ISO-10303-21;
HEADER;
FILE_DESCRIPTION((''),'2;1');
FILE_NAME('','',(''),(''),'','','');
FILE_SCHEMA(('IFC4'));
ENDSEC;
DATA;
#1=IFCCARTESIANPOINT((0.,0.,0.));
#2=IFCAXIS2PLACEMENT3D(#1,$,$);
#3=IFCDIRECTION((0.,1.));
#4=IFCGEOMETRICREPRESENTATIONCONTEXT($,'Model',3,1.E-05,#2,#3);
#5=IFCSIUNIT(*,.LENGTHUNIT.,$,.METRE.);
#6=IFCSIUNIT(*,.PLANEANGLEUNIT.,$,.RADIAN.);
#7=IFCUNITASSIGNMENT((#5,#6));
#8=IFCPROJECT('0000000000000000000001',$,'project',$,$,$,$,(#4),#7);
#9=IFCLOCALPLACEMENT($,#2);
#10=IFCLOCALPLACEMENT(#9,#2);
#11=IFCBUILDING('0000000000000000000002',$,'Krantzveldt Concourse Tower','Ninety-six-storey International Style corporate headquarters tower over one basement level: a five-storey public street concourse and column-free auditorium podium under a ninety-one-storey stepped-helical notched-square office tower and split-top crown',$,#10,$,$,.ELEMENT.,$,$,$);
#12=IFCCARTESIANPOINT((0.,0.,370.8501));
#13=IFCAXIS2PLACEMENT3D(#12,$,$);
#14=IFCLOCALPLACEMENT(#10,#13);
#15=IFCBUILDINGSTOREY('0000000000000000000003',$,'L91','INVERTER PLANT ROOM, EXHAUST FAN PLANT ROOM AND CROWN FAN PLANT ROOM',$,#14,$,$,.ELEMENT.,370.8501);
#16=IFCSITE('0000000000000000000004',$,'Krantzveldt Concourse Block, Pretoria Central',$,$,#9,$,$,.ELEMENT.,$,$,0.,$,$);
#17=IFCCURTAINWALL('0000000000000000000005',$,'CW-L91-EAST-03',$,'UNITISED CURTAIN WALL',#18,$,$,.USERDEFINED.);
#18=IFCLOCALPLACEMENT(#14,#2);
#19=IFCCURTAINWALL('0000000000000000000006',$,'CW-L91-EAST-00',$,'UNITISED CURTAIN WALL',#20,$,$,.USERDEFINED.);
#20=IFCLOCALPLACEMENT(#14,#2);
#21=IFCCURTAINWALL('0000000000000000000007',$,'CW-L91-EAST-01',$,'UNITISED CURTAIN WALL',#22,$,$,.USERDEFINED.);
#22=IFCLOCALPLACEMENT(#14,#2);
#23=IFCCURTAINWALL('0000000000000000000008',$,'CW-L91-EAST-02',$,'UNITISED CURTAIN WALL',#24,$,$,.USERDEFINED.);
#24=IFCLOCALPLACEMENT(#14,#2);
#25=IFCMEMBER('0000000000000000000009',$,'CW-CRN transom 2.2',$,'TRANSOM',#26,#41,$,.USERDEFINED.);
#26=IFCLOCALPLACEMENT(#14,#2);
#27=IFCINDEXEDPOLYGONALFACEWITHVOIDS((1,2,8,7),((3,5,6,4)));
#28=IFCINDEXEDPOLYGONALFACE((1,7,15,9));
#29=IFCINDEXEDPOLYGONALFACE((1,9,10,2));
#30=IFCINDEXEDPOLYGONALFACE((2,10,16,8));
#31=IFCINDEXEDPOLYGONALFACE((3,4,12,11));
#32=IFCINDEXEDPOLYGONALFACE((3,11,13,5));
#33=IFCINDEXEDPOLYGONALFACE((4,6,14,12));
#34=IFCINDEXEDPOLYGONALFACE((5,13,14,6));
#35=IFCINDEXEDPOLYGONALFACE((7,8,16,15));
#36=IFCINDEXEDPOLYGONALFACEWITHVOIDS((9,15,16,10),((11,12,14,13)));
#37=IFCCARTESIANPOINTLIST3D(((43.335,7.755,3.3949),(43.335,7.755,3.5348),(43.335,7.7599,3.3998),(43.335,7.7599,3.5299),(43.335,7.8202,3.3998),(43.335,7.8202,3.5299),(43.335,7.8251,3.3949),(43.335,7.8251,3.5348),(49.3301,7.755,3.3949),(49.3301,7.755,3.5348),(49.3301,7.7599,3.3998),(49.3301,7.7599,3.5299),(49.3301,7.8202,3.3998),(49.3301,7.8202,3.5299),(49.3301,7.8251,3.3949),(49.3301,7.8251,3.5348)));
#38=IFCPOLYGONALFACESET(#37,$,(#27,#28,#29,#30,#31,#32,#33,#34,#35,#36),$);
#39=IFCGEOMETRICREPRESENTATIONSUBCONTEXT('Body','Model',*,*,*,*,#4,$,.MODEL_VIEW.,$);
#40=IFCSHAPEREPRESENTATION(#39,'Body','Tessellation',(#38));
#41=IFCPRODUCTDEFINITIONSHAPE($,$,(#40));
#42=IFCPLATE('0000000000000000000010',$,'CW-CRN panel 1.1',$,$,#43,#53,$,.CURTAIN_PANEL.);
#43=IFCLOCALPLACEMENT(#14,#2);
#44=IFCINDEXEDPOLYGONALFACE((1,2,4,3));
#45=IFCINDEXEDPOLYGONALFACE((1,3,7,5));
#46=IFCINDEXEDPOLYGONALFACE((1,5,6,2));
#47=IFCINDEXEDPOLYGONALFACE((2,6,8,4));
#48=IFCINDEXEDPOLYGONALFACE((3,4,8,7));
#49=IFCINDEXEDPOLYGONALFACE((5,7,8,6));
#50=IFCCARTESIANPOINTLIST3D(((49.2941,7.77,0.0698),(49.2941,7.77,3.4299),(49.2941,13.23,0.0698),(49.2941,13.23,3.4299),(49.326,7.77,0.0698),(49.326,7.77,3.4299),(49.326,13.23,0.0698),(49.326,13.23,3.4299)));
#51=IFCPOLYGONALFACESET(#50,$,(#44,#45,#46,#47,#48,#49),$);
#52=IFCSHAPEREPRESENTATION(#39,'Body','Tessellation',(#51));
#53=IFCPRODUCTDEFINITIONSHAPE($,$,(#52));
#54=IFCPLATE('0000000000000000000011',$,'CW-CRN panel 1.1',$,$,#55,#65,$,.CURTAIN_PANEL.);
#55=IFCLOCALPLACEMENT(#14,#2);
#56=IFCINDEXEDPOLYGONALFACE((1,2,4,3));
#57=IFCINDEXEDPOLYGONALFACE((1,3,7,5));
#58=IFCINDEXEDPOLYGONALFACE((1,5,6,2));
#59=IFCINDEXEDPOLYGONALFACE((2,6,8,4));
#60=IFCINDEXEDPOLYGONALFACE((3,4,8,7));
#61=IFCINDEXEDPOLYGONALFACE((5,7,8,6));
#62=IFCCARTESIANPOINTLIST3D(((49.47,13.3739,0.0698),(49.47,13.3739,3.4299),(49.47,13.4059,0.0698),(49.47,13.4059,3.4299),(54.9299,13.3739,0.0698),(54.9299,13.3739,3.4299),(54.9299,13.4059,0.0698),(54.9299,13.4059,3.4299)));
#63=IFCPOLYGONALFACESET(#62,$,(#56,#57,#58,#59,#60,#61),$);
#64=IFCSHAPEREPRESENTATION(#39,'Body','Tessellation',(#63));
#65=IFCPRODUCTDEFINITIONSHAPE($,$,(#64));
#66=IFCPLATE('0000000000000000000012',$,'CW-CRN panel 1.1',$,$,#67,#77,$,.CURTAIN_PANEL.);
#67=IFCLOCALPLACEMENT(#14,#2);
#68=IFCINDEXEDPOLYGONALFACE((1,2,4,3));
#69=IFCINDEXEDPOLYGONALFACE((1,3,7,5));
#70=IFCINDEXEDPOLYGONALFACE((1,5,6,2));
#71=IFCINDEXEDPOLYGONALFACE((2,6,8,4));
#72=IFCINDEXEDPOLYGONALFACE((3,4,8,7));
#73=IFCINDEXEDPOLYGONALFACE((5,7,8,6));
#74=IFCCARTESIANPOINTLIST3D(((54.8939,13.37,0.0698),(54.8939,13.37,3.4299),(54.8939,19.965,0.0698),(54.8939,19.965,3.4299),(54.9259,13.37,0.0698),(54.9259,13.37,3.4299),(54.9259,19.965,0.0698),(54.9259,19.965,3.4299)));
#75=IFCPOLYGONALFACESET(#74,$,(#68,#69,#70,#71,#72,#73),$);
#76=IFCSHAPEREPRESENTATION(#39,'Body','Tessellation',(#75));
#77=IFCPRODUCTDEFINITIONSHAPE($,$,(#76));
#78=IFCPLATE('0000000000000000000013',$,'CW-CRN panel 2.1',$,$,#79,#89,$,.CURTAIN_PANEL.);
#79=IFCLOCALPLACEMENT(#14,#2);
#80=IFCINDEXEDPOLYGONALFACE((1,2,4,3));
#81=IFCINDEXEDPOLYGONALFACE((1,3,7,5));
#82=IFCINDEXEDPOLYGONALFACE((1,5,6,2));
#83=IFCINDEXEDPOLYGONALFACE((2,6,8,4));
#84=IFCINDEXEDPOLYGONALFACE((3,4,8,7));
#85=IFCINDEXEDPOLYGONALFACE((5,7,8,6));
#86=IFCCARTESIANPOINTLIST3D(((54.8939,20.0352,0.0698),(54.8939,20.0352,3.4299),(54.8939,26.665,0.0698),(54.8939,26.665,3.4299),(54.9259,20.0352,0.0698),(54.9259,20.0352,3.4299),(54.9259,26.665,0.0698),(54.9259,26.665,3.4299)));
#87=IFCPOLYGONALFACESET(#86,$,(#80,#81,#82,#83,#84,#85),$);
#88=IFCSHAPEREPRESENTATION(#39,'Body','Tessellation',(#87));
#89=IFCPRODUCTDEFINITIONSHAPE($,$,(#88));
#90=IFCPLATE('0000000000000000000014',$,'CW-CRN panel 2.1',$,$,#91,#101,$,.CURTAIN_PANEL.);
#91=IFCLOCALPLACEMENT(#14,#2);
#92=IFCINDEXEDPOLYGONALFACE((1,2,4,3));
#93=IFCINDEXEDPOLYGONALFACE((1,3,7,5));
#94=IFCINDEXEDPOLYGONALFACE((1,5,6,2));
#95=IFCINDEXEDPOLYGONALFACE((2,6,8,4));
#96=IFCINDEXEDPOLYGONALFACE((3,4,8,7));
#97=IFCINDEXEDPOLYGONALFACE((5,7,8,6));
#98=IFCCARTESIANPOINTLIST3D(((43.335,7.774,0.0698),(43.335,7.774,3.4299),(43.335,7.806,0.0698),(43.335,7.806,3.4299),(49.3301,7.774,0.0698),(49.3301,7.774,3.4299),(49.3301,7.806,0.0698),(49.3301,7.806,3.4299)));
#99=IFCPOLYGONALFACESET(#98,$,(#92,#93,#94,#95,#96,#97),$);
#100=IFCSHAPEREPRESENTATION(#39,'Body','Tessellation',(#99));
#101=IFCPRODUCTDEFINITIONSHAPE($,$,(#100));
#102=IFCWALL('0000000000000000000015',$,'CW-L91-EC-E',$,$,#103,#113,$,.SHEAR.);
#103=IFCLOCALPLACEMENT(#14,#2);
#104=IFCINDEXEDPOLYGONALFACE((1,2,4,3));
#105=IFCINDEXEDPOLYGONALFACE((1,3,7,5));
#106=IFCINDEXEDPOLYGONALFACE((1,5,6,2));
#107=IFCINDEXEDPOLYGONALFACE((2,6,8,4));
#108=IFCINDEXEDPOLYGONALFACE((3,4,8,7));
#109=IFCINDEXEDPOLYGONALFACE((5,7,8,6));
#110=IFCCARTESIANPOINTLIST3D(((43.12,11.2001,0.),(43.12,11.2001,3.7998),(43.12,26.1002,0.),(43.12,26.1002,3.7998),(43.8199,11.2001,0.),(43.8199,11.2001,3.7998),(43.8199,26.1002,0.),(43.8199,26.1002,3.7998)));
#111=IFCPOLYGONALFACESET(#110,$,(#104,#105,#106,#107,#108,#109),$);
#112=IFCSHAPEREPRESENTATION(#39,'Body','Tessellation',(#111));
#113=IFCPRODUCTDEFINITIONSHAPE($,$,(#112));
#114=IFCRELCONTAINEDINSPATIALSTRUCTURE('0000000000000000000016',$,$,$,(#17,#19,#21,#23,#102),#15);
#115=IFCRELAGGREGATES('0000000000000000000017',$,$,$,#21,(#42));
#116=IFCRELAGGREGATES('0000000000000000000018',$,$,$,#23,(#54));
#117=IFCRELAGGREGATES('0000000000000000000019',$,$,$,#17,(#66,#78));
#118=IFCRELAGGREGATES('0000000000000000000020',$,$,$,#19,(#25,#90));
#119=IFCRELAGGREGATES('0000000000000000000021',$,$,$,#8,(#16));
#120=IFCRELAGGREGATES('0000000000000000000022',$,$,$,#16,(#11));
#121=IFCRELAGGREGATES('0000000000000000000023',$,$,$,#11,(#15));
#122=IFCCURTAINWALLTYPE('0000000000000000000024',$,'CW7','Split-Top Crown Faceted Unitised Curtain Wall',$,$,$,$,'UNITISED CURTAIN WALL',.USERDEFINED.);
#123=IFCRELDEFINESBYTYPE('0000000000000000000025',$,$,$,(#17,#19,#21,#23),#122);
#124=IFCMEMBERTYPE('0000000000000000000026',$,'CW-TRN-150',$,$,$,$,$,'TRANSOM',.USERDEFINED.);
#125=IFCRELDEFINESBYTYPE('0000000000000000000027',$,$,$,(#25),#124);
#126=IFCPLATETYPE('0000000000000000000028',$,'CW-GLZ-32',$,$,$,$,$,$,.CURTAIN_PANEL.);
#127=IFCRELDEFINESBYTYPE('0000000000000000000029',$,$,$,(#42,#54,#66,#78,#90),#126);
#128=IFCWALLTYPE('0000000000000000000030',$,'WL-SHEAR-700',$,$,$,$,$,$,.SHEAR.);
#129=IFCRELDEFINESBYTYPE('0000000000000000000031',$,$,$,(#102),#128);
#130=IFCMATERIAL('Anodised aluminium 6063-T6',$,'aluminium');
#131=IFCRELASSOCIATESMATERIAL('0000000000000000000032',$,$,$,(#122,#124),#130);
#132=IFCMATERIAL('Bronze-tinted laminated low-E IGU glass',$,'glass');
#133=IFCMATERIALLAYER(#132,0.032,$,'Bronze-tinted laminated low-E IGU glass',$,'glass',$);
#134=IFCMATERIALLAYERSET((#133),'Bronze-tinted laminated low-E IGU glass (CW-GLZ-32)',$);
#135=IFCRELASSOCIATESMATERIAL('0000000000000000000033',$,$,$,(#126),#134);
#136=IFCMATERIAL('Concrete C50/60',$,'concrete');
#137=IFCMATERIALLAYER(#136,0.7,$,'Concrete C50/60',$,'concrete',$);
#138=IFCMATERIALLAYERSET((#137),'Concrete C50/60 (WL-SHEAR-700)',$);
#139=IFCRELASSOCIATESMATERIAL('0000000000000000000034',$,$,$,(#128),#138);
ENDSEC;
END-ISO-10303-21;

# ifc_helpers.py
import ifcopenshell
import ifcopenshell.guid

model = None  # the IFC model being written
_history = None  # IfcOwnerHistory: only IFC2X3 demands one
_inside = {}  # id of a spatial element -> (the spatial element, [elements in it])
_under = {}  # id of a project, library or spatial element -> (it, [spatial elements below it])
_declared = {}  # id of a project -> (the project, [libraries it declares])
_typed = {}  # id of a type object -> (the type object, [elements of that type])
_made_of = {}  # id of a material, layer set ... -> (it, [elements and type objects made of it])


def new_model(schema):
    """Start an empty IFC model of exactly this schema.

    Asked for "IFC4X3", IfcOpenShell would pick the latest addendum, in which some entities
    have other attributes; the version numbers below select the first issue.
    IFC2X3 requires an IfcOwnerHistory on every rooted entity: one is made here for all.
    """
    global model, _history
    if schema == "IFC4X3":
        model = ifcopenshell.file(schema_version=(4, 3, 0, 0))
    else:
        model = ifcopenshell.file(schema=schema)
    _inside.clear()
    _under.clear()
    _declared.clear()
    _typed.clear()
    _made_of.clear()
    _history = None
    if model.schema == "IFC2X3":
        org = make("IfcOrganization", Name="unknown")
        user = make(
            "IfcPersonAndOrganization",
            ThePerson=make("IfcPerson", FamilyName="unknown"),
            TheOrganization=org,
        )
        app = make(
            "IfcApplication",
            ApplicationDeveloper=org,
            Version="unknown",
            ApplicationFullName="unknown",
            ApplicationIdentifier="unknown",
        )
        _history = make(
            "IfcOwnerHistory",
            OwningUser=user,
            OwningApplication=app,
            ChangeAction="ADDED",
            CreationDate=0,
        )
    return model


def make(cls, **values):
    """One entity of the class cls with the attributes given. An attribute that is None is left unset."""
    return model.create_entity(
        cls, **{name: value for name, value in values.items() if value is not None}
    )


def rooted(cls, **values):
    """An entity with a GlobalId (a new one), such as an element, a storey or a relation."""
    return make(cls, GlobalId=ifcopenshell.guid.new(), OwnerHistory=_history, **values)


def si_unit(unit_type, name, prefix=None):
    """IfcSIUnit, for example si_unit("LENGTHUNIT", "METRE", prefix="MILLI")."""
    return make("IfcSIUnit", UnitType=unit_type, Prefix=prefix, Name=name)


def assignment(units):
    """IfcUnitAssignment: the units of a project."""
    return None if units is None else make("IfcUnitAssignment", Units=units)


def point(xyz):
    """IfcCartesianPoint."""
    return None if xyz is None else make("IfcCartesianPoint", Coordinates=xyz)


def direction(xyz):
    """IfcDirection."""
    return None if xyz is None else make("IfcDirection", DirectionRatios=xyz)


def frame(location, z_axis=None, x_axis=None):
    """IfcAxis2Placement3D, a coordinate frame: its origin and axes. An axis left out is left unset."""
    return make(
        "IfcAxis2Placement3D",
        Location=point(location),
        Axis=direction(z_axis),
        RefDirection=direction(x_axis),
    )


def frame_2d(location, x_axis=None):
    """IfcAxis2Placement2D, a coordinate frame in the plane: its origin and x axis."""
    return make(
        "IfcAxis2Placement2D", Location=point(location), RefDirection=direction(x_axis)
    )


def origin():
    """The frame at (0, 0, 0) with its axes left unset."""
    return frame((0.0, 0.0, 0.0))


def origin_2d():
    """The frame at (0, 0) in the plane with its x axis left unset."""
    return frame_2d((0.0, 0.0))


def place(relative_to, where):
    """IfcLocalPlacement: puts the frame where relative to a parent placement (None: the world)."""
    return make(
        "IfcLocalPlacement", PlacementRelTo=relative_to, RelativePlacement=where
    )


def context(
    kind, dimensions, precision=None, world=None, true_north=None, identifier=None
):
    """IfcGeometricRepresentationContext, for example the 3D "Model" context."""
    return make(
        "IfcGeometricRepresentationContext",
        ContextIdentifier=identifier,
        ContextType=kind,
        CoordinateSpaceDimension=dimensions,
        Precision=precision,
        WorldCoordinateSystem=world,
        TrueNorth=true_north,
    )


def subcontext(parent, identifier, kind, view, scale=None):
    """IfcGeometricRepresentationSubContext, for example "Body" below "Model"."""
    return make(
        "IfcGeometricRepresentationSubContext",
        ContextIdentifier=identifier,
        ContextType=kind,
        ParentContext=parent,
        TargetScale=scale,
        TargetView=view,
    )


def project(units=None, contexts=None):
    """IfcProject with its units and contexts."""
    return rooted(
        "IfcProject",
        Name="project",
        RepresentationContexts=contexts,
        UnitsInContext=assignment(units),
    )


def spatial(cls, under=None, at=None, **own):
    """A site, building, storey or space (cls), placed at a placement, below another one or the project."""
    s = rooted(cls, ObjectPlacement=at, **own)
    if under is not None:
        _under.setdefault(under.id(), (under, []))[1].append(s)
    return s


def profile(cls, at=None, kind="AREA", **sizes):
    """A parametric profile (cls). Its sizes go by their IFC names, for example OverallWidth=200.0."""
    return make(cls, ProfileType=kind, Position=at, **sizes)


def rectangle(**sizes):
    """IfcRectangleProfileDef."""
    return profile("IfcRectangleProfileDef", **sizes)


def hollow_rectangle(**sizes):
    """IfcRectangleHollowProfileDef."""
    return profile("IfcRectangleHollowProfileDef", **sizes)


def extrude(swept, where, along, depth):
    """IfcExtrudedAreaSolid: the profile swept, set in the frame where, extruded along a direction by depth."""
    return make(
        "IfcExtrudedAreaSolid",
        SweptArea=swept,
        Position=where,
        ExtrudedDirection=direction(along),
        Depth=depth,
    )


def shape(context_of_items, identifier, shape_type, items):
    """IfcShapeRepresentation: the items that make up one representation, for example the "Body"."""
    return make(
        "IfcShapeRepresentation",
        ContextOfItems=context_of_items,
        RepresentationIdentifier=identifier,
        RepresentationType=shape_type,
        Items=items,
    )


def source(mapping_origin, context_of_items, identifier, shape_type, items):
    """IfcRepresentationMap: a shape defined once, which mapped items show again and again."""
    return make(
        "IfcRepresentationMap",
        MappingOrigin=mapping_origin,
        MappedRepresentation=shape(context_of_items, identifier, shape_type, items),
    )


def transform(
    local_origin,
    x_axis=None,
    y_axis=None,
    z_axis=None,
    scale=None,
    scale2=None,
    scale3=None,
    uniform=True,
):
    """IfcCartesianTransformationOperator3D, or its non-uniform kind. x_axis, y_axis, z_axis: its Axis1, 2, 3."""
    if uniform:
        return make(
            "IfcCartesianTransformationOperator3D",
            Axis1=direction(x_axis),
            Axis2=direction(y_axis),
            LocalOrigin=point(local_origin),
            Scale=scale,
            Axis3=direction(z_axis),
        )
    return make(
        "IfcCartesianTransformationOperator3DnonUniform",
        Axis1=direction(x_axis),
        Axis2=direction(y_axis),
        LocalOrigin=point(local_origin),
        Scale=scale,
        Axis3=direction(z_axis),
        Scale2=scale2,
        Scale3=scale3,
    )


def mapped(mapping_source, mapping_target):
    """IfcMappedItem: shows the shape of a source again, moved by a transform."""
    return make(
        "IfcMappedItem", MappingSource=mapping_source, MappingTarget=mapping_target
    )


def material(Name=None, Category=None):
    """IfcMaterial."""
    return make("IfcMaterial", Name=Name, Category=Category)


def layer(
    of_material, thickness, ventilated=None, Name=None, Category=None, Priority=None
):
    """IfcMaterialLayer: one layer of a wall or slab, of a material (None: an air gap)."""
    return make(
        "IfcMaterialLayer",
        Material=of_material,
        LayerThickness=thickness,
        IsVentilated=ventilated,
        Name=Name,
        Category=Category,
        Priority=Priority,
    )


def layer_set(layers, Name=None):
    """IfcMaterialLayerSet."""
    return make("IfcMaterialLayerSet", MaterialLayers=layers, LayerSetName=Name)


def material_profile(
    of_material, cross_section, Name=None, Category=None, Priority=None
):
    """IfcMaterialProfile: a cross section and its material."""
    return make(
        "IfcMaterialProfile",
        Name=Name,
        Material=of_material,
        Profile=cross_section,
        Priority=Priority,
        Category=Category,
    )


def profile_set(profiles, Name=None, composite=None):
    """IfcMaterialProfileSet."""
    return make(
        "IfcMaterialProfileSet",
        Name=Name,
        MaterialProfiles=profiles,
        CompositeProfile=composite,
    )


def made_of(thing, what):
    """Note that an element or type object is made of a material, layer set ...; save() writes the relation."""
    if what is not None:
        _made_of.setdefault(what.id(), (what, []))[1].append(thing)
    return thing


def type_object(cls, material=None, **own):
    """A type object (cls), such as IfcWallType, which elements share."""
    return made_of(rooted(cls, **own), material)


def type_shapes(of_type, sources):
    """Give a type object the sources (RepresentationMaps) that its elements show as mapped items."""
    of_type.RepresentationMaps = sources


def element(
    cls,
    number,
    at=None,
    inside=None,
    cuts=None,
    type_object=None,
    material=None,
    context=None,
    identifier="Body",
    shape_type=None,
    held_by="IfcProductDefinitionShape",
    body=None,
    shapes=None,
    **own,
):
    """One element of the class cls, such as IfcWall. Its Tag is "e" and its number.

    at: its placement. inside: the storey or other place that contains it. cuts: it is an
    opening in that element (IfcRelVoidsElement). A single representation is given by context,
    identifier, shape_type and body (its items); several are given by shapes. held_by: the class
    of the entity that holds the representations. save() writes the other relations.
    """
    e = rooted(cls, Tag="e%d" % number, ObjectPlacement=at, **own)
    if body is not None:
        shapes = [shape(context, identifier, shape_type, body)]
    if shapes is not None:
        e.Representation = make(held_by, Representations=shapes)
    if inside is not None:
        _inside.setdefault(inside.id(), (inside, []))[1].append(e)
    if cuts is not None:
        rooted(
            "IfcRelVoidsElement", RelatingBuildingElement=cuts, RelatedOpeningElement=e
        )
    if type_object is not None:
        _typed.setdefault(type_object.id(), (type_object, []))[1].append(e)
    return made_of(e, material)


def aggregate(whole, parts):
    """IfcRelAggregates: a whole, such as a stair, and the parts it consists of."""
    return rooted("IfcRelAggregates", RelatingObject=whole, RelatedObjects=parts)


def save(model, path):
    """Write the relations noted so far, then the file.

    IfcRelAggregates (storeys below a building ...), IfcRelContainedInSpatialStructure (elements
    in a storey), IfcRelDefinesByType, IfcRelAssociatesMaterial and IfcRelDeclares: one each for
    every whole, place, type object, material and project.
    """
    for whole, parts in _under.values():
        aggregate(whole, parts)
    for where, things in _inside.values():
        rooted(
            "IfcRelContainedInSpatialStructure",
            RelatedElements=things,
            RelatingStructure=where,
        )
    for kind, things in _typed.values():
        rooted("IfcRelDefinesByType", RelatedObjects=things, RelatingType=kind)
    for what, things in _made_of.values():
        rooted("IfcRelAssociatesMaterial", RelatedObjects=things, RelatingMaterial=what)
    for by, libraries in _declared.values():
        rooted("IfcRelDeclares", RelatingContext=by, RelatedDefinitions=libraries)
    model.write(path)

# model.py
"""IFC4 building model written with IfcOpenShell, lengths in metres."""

from ifc_helpers import new_model, si_unit, direction, frame, frame_2d, origin, origin_2d, place, context, subcontext, project, spatial, rectangle, hollow_rectangle, extrude, source, transform, mapped, material, layer, layer_set, material_profile, profile_set, type_object, type_shapes, element, aggregate, save


model = new_model("IFC4")

# Units and contexts
model_context = context("Model", 3, precision=1e-05, world=origin(), true_north=direction((0.0, 1.0)))
body_context = subcontext(model_context, "Body", "Model", "MODEL_VIEW")
ifc_project = project(units=[si_unit("LENGTHUNIT", "METRE"), si_unit("PLANEANGLEUNIT", "RADIAN")], contexts=[model_context])

# Site, building, storey
site_placement = place(None, origin())
site = spatial("IfcSite", under=ifc_project, at=site_placement, Name="Krantzveldt Concourse Block, Pretoria Central", CompositionType="ELEMENT", RefElevation=0.0)
building_placement = place(site_placement, origin())
building = spatial("IfcBuilding", under=site, at=building_placement, Name="Krantzveldt Concourse Tower", Description="Ninety-six-storey International Style corporate headquarters tower over one basement level: a five-storey public street concourse and column-free auditorium podium under a ninety-one-storey stepped-helical notched-square office tower and split-top crown", CompositionType="ELEMENT")
storey_placement = place(building_placement, frame((0.0, 0.0, 370.8501)))
storey = spatial("IfcBuildingStorey", under=building, at=storey_placement, Name="L91", Description="INVERTER PLANT ROOM, EXHAUST FAN PLANT ROOM AND CROWN FAN PLANT ROOM", CompositionType="ELEMENT", Elevation=370.8501)

# Shared definitions
ifc_material_1 = material(Name="Concrete C50/60", Category="concrete")

# Curtain walls
ifc_material_2 = material(Name="Anodised aluminium 6063-T6", Category="aluminium")
curtain_wall_type = type_object("IfcCurtainWallType", Name="CW7", Description="Split-Top Crown Faceted Unitised Curtain Wall", ElementType="UNITISED CURTAIN WALL", PredefinedType="USERDEFINED", material=ifc_material_2)
curtain_wall_1_placement = place(storey_placement, origin())
curtain_wall_1 = element("IfcCurtainWall", 1, at=curtain_wall_1_placement, inside=storey, type_object=curtain_wall_type, Name="CW-L91-EAST-03", ObjectType="UNITISED CURTAIN WALL", PredefinedType="USERDEFINED")
ifc_material_profile_1 = material_profile(ifc_material_2, hollow_rectangle(XDim=0.0701, YDim=0.1399, WallThickness=0.0049, at=origin_2d()), Name="Anodised aluminium 6063-T6", Category="aluminium")
ifc_profile_set_1 = profile_set([ifc_material_profile_1], Name="Anodised aluminium 6063-T6 - ALU-TRAN 140x70x5")
member_type_1 = type_object("IfcMemberType", Name="CW-TRN-150", ElementType="TRANSOM", PredefinedType="USERDEFINED", material=ifc_profile_set_1)
curtain_wall_2_placement = place(storey_placement, origin())
curtain_wall_2 = element("IfcCurtainWall", 2, at=curtain_wall_2_placement, inside=storey, type_object=curtain_wall_type, Name="CW-L91-EAST-00", ObjectType="UNITISED CURTAIN WALL", PredefinedType="USERDEFINED")
curtain_wall_3_placement = place(storey_placement, origin())
curtain_wall_3 = element("IfcCurtainWall", 3, at=curtain_wall_3_placement, inside=storey, type_object=curtain_wall_type, Name="CW-L91-EAST-01", ObjectType="UNITISED CURTAIN WALL", PredefinedType="USERDEFINED")
curtain_wall_4_placement = place(storey_placement, origin())
curtain_wall_4 = element("IfcCurtainWall", 4, at=curtain_wall_4_placement, inside=storey, type_object=curtain_wall_type, Name="CW-L91-EAST-02", ObjectType="UNITISED CURTAIN WALL", PredefinedType="USERDEFINED")

# Member
shared_shape_1 = source(origin(), body_context, "Body", "SweptSolid", [
    extrude(hollow_rectangle(XDim=0.0701, YDim=0.1399, WallThickness=0.0049, at=origin_2d()), origin(), (0.0, 0.0, 1.0), 5.9951),
])
member_1_placement = place(storey_placement, frame((43.335, 7.79, 3.4648), z_axis=(1.0, 0.0, 0.0), x_axis=(0.0, 1.0, 0.0)))
member_1 = element("IfcMember", 5, at=member_1_placement, type_object=member_type_1, Name="CW-CRN transom 2.2", ObjectType="TRANSOM", PredefinedType="USERDEFINED", context=body_context, shape_type="MappedRepresentation", body=[
    mapped(shared_shape_1, transform((0.0, 0.0, 0.0), x_axis=(1.0, 0.0, 0.0), y_axis=(0.0, 1.0, 0.0), z_axis=(0.0, 0.0, 1.0), scale=1.0)),
])

# Plates
ifc_material_3 = material(Name="Bronze-tinted laminated low-E IGU glass", Category="glass")
ifc_layer_1 = layer(ifc_material_3, 0.032, Name="Bronze-tinted laminated low-E IGU glass", Category="glass")
ifc_layer_set_1 = layer_set([ifc_layer_1], Name="Bronze-tinted laminated low-E IGU glass (CW-GLZ-32)")
plate_type = type_object("IfcPlateType", Name="CW-GLZ-32", PredefinedType="CURTAIN_PANEL", material=ifc_layer_set_1)
shared_shape_2 = source(origin(), body_context, "Body", "SweptSolid", [
    extrude(rectangle(XDim=5.46, YDim=0.032, at=origin_2d()), origin(), (0.0, 0.0, 1.0), 3.3601),
])
plate_1_placement = place(storey_placement, frame((49.3101, 10.5, 0.0698), z_axis=(0.0, 0.0, 1.0), x_axis=(0.0, 1.0, 0.0)))
plate_1 = element("IfcPlate", 6, at=plate_1_placement, type_object=plate_type, Name="CW-CRN panel 1.1", PredefinedType="CURTAIN_PANEL", context=body_context, shape_type="MappedRepresentation", body=[
    mapped(shared_shape_2, transform((0.0, 0.0, 0.0), x_axis=(1.0, 0.0, 0.0), y_axis=(0.0, 1.0, 0.0), z_axis=(0.0, 0.0, 1.0), scale=1.0)),
])
aggregate(curtain_wall_3, [plate_1])
plate_2_placement = place(storey_placement, frame((52.2, 13.3899, 0.0698), z_axis=(0.0, 0.0, 1.0), x_axis=(1.0, 0.0, 0.0)))
plate_2 = element("IfcPlate", 7, at=plate_2_placement, type_object=plate_type, Name="CW-CRN panel 1.1", PredefinedType="CURTAIN_PANEL", context=body_context, shape_type="MappedRepresentation", body=[
    mapped(shared_shape_2, transform((0.0, 0.0, 0.0), x_axis=(1.0, 0.0, 0.0), y_axis=(0.0, 1.0, 0.0), z_axis=(0.0, 0.0, 1.0), scale=1.0)),
])
aggregate(curtain_wall_4, [plate_2])
shared_shape_3 = source(origin(), body_context, "Body", "SweptSolid", [
    extrude(rectangle(XDim=6.595, YDim=0.032, at=origin_2d()), origin(), (0.0, 0.0, 1.0), 3.3601),
])
plate_3_placement = place(storey_placement, frame((54.9099, 16.6675, 0.0698), z_axis=(0.0, 0.0, 1.0), x_axis=(0.0, 1.0, 0.0)))
plate_3 = element("IfcPlate", 8, at=plate_3_placement, type_object=plate_type, Name="CW-CRN panel 1.1", PredefinedType="CURTAIN_PANEL", context=body_context, shape_type="MappedRepresentation", body=[
    mapped(shared_shape_3, transform((0.0, 0.0, 0.0), x_axis=(1.0, 0.0, 0.0), y_axis=(0.0, 1.0, 0.0), z_axis=(0.0, 0.0, 1.0), scale=1.0)),
])
shared_shape_4 = source(origin(), body_context, "Body", "SweptSolid", [
    extrude(rectangle(XDim=6.6299, YDim=0.032, at=origin_2d()), origin(), (0.0, 0.0, 1.0), 3.3601),
])
plate_4_placement = place(storey_placement, frame((54.9099, 23.3501, 0.0698), z_axis=(0.0, 0.0, 1.0), x_axis=(0.0, 1.0, 0.0)))
plate_4 = element("IfcPlate", 9, at=plate_4_placement, type_object=plate_type, Name="CW-CRN panel 2.1", PredefinedType="CURTAIN_PANEL", context=body_context, shape_type="MappedRepresentation", body=[
    mapped(shared_shape_4, transform((0.0, 0.0, 0.0), x_axis=(1.0, 0.0, 0.0), y_axis=(0.0, 1.0, 0.0), z_axis=(0.0, 0.0, 1.0), scale=1.0)),
])
aggregate(curtain_wall_1, [plate_3, plate_4])
shared_shape_5 = source(origin(), body_context, "Body", "SweptSolid", [
    extrude(rectangle(XDim=5.9951, YDim=0.032, at=origin_2d()), origin(), (0.0, 0.0, 1.0), 3.3601),
])
type_shapes(plate_type, [shared_shape_2, shared_shape_3, shared_shape_4, shared_shape_5])
plate_5_placement = place(storey_placement, frame((46.3325, 7.79, 0.0698), z_axis=(0.0, 0.0, 1.0), x_axis=(1.0, 0.0, 0.0)))
plate_5 = element("IfcPlate", 10, at=plate_5_placement, type_object=plate_type, Name="CW-CRN panel 2.1", PredefinedType="CURTAIN_PANEL", context=body_context, shape_type="MappedRepresentation", body=[
    mapped(shared_shape_5, transform((0.0, 0.0, 0.0), x_axis=(1.0, 0.0, 0.0), y_axis=(0.0, 1.0, 0.0), z_axis=(0.0, 0.0, 1.0), scale=1.0)),
])
aggregate(curtain_wall_2, [member_1, plate_5])

# Wall
ifc_layer_2 = layer(ifc_material_1, 0.7, Name="Concrete C50/60", Category="concrete")
ifc_layer_set_2 = layer_set([ifc_layer_2], Name="Concrete C50/60 (WL-SHEAR-700)")
wall_type = type_object("IfcWallType", Name="WL-SHEAR-700", PredefinedType="SHEAR", material=ifc_layer_set_2)
wall_placement = place(storey_placement, frame((43.47, 11.2, 0.0), z_axis=(0.0, 0.0, 1.0), x_axis=(0.0, 1.0, 0.0)))
element("IfcWall", 11, at=wall_placement, inside=storey, type_object=wall_type, Name="CW-L91-EC-E", PredefinedType="SHEAR", context=body_context, shape_type="SweptSolid", body=[
    extrude(rectangle(XDim=14.9001, YDim=0.7, at=frame_2d((7.4502, 0.0))), origin(), (0.0, 0.0, 1.0), 3.7998),
])

save(model, "model.ifc")
